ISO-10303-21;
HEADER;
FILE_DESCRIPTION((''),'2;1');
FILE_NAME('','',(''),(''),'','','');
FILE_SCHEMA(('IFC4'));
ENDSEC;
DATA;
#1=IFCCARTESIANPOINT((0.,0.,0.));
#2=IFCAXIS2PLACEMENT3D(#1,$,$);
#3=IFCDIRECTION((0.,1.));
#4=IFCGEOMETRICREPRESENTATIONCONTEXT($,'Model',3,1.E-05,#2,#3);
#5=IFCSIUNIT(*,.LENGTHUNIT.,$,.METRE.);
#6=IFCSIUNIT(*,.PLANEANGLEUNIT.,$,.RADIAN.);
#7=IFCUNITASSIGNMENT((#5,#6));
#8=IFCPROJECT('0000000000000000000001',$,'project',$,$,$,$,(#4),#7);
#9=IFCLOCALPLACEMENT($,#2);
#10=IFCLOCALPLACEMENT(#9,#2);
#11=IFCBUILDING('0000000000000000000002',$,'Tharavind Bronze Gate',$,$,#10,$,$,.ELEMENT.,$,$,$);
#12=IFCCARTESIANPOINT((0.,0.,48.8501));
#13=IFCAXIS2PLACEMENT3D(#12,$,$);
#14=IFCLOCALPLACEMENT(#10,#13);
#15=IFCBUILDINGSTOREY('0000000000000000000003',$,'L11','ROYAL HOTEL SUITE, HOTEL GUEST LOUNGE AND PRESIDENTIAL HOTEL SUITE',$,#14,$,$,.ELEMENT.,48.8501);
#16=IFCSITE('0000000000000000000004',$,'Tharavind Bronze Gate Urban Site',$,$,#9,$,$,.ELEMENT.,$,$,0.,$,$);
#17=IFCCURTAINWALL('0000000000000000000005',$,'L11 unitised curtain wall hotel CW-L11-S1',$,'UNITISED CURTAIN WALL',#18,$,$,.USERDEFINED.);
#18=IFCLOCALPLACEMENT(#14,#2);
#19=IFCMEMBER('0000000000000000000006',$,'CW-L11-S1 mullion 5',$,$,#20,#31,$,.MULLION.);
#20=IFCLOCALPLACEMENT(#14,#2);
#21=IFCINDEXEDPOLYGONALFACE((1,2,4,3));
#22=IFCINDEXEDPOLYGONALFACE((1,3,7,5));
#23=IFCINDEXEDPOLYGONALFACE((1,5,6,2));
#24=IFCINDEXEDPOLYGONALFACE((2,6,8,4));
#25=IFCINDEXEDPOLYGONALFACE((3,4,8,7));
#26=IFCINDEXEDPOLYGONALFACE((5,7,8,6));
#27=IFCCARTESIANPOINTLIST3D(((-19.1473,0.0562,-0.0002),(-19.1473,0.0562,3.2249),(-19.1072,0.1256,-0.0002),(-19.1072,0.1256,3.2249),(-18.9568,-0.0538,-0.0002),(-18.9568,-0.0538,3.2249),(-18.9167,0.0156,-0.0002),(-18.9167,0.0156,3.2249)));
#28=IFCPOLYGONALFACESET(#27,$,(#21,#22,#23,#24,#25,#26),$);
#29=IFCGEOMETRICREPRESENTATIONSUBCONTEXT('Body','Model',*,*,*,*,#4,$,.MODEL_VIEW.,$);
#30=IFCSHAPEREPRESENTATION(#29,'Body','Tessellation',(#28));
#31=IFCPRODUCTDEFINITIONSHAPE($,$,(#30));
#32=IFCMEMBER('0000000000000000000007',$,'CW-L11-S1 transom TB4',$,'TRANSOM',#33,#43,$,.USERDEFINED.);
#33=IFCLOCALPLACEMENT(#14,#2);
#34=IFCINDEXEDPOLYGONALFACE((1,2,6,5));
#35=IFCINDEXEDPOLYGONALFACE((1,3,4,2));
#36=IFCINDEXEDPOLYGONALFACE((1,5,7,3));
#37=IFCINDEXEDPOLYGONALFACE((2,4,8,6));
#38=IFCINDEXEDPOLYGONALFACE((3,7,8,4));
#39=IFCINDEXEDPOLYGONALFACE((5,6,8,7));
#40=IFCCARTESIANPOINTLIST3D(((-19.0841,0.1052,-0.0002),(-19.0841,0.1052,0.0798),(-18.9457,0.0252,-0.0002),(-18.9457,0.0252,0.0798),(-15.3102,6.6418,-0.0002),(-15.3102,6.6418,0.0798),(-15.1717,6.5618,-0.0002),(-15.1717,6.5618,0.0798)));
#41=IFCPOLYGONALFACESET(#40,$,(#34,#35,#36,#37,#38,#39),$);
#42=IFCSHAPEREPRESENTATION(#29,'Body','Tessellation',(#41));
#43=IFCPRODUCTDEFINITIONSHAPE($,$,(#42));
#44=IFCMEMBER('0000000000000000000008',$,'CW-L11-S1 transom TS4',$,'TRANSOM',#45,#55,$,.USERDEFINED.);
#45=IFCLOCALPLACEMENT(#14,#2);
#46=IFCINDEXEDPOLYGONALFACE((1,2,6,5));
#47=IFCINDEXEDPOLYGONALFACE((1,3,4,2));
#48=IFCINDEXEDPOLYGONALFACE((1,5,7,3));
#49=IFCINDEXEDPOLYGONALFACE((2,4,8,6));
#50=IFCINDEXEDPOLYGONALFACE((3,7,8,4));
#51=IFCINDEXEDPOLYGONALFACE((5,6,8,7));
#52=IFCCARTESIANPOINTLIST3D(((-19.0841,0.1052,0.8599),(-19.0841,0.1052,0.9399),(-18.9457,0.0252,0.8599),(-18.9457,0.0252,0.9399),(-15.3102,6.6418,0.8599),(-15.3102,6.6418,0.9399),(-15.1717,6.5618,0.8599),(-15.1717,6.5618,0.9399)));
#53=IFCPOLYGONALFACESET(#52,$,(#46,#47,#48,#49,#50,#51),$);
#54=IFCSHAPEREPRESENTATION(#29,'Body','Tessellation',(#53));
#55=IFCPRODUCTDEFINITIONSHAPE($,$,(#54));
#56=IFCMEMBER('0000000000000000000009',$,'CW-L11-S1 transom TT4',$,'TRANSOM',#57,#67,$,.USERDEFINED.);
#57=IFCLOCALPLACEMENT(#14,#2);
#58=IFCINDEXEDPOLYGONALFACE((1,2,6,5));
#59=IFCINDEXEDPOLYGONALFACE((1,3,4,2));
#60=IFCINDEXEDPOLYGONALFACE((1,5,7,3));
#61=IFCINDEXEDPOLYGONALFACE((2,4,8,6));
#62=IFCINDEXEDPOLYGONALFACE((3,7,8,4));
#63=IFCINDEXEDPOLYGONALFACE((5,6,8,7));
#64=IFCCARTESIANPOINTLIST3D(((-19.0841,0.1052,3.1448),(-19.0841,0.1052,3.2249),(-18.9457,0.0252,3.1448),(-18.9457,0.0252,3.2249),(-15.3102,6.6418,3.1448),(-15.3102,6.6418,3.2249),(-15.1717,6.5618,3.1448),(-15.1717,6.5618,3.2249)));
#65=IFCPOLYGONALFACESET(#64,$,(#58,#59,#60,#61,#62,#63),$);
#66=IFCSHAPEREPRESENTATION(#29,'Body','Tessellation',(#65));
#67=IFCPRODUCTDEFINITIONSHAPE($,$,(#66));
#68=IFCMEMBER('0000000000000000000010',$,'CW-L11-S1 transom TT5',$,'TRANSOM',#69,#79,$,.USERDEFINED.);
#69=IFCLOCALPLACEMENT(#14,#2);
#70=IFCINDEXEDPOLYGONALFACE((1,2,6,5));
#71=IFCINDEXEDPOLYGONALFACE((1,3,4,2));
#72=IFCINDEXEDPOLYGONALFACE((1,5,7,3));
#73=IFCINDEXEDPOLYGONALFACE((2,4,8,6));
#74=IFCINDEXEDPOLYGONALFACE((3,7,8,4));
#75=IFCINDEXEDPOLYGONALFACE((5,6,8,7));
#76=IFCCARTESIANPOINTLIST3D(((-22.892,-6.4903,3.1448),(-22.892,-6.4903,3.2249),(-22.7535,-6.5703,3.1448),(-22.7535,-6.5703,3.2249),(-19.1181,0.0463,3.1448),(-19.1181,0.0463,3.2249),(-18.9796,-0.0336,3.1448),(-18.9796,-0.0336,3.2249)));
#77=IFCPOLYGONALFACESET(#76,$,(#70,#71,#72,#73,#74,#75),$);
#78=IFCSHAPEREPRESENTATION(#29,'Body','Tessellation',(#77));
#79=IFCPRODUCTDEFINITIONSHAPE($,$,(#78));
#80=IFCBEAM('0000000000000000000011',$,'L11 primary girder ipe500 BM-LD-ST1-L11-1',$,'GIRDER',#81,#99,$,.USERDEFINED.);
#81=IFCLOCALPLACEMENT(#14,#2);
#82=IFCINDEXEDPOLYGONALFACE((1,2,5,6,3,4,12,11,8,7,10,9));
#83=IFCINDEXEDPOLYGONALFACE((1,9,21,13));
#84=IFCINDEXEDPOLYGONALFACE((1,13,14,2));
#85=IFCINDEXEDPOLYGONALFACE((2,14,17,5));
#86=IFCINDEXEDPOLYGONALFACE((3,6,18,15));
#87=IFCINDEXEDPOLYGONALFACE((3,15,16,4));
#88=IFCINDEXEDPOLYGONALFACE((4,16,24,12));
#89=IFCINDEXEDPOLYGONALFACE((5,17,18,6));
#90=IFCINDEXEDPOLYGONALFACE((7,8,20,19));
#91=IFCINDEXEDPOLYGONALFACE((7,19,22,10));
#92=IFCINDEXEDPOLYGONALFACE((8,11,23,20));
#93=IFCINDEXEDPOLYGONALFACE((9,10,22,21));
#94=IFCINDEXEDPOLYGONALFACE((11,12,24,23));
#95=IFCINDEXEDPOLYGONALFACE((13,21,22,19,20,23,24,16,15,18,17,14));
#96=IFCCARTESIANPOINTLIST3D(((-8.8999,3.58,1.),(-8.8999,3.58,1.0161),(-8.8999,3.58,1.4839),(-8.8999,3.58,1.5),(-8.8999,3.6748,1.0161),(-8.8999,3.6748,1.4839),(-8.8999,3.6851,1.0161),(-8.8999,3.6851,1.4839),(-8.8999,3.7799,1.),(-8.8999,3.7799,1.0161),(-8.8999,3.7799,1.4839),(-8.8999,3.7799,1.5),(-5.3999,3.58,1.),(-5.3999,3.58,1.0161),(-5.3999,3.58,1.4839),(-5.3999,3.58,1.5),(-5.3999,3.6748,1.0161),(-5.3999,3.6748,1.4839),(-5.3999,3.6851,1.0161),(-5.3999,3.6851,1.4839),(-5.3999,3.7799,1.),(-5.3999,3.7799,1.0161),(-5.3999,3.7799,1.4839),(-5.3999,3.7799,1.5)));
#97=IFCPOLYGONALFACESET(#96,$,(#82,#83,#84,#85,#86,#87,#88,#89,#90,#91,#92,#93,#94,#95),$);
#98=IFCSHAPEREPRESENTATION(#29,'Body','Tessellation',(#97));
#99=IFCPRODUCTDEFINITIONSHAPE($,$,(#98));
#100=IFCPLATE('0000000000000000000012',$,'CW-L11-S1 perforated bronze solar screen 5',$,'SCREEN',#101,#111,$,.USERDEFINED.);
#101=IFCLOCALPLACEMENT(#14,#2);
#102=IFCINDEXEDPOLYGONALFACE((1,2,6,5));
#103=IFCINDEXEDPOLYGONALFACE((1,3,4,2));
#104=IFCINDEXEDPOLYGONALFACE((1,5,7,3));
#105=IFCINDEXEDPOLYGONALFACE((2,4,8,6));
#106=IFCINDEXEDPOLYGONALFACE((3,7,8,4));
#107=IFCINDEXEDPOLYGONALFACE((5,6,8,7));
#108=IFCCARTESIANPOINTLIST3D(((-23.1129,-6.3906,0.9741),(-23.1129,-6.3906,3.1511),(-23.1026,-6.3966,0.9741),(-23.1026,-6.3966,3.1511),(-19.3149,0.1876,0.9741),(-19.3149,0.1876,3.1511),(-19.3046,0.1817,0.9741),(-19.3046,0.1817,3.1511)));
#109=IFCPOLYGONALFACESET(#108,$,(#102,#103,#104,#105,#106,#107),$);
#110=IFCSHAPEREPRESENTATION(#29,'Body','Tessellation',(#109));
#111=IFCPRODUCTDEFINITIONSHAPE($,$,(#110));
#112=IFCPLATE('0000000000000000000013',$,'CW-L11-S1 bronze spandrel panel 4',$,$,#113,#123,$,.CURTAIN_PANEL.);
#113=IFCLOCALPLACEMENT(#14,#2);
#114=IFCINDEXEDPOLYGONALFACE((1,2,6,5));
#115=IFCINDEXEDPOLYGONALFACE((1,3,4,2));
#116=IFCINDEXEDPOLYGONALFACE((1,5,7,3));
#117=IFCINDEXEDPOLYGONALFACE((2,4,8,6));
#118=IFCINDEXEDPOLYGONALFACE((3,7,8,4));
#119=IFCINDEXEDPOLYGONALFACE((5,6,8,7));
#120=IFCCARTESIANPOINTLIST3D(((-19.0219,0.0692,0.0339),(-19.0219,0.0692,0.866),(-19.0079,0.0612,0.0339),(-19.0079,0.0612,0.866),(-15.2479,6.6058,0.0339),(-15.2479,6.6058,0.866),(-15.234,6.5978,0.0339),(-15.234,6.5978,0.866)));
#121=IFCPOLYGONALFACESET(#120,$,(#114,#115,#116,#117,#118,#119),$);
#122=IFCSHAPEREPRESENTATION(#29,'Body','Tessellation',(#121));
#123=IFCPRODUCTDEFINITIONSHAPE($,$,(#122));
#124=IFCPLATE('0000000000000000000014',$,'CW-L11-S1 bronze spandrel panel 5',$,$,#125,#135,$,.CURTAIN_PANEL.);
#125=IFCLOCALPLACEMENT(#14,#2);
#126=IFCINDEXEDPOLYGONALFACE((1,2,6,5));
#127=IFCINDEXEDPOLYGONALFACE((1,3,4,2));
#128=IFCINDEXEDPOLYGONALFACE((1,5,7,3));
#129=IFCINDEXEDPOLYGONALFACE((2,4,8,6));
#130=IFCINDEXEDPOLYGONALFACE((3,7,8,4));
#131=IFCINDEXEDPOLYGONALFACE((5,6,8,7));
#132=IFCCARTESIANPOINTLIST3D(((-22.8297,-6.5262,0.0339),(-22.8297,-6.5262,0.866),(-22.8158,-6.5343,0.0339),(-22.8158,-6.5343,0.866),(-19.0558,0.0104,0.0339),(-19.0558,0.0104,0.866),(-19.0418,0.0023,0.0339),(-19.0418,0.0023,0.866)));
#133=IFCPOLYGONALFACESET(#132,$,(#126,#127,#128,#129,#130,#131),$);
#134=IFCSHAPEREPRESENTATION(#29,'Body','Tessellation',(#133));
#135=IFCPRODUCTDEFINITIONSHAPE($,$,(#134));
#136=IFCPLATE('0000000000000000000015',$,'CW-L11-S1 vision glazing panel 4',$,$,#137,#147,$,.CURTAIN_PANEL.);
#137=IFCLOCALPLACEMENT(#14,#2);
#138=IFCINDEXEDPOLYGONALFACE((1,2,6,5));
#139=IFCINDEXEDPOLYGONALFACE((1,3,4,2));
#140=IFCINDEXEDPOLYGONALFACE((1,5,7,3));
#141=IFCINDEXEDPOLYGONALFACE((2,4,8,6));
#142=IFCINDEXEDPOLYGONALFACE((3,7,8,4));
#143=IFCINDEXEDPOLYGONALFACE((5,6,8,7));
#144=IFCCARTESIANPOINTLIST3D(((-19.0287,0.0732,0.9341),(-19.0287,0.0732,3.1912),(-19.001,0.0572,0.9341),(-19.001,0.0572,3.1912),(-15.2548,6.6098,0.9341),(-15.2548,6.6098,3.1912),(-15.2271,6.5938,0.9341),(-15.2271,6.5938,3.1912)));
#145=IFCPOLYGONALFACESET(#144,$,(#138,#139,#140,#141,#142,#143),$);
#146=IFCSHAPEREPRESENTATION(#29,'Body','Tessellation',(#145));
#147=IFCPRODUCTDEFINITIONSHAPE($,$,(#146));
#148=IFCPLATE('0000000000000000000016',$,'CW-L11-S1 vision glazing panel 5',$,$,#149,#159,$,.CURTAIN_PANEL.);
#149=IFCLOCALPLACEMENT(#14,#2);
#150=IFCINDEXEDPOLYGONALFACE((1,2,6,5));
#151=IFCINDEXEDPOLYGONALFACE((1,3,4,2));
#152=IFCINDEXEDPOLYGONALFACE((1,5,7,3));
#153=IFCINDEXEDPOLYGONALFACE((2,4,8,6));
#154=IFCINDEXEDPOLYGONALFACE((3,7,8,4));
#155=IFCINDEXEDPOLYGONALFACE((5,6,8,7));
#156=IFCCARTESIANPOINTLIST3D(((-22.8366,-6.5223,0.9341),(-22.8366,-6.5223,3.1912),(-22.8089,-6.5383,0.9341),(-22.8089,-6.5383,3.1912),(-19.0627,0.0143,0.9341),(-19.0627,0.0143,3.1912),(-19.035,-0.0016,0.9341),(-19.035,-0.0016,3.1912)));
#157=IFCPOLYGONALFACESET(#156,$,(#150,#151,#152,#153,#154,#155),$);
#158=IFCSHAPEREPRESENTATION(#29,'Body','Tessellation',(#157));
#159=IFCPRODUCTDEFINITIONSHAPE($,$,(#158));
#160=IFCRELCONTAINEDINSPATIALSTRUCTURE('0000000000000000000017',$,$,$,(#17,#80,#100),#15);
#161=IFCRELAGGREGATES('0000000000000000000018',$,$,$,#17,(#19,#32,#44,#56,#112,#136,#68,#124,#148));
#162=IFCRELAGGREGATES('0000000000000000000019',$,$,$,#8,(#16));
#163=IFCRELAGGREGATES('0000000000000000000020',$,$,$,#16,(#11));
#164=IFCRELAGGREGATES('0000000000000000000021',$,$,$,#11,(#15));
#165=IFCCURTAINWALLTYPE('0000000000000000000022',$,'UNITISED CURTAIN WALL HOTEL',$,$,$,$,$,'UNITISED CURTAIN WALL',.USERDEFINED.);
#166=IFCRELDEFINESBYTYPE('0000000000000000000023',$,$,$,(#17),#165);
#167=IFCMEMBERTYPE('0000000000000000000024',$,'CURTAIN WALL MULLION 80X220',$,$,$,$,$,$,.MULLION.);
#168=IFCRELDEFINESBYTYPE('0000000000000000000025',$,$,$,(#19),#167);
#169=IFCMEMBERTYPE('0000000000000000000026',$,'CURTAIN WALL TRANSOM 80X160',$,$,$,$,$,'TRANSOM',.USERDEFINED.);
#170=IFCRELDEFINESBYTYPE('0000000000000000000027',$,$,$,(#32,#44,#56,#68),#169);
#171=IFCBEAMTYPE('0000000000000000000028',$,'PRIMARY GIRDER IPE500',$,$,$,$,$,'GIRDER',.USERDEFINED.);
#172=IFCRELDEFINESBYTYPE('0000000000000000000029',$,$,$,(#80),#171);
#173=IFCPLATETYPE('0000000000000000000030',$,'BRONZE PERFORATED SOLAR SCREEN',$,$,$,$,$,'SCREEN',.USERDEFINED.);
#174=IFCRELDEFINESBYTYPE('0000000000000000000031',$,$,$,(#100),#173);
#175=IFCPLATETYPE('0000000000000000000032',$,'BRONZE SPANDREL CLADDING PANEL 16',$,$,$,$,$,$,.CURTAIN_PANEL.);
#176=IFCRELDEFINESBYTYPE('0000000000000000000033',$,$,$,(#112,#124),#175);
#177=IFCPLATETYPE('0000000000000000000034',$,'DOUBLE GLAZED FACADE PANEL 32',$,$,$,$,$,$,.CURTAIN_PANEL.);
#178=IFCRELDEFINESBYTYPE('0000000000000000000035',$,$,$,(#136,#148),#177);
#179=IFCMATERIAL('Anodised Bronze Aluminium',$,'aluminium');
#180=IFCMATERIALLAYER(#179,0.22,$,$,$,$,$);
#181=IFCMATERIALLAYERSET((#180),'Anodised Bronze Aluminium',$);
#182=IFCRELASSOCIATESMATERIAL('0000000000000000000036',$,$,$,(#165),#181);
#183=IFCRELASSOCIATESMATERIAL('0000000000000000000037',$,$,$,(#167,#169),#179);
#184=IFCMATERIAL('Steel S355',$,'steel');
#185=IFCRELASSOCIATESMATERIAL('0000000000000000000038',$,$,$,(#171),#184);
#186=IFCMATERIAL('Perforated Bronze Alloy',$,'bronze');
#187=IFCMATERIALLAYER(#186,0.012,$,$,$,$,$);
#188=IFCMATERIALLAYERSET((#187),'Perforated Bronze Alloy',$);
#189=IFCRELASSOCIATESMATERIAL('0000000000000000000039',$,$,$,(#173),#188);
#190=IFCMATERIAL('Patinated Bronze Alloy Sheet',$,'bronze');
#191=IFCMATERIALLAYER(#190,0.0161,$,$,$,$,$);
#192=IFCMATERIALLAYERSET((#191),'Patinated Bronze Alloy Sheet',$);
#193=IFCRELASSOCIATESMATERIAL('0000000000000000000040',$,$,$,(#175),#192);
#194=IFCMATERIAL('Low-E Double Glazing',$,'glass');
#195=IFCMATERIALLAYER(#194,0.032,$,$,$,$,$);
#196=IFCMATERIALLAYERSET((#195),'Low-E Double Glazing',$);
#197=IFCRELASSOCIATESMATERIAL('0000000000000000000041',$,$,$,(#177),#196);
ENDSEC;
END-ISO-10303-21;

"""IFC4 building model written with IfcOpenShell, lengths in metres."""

from ifc_helpers import new_model, si_unit, direction, frame, origin, origin_2d, place, context, subcontext, project, spatial, rectangle, i_section, extrude, material, layer, layer_set, material_profile, profile_set, type_object, element, aggregate, save


model = new_model("IFC4")

# Units and contexts
model_context = context("Model", 3, precision=1e-05, world=origin(), true_north=direction((0.0, 1.0)))
body_context = subcontext(model_context, "Body", "Model", "MODEL_VIEW")
ifc_project = project(units=[si_unit("LENGTHUNIT", "METRE"), si_unit("PLANEANGLEUNIT", "RADIAN")], contexts=[model_context])

# Site, building, storey
site_placement = place(None, origin())
site = spatial("IfcSite", under=ifc_project, at=site_placement, Name="Tharavind Bronze Gate Urban Site", CompositionType="ELEMENT", RefElevation=0.0)
building_placement = place(site_placement, origin())
building = spatial("IfcBuilding", under=site, at=building_placement, Name="Tharavind Bronze Gate", CompositionType="ELEMENT")
storey_placement = place(building_placement, frame((0.0, 0.0, 48.8501)))
storey = spatial("IfcBuildingStorey", under=building, at=storey_placement, Name="L11", Description="ROYAL HOTEL SUITE, HOTEL GUEST LOUNGE AND PRESIDENTIAL HOTEL SUITE", CompositionType="ELEMENT", Elevation=48.8501)

# Curtain wall, members
ifc_material_1 = material(Name="Anodised Bronze Aluminium", Category="aluminium")
ifc_layer_1 = layer(ifc_material_1, 0.22)
ifc_layer_set_1 = layer_set([ifc_layer_1], Name="Anodised Bronze Aluminium")
curtain_wall_type = type_object("IfcCurtainWallType", Name="UNITISED CURTAIN WALL HOTEL", ElementType="UNITISED CURTAIN WALL", PredefinedType="USERDEFINED", material=ifc_layer_set_1)
curtain_wall_placement = place(storey_placement, origin())
curtain_wall = element("IfcCurtainWall", 1, at=curtain_wall_placement, inside=storey, type_object=curtain_wall_type, Name="L11 unitised curtain wall hotel CW-L11-S1", ObjectType="UNITISED CURTAIN WALL", PredefinedType="USERDEFINED")
member_type_1 = type_object("IfcMemberType", Name="CURTAIN WALL MULLION 80X220", PredefinedType="MULLION", material=ifc_material_1)
member_1_placement = place(storey_placement, frame((-19.032, 0.0359, -0.0002), z_axis=(0.0, 0.0, 1.0), x_axis=(-0.500002, -0.866025, 0.0)))
member_1 = element("IfcMember", 2, at=member_1_placement, type_object=member_type_1, Name="CW-L11-S1 mullion 5", PredefinedType="MULLION", context=body_context, shape_type="SweptSolid", body=[
    extrude(rectangle(XDim=0.0801, YDim=0.22, at=origin_2d()), origin(), (0.0, 0.0, 1.0), 3.2251),
])
member_type_2 = type_object("IfcMemberType", Name="CURTAIN WALL TRANSOM 80X160", ElementType="TRANSOM", PredefinedType="USERDEFINED", material=ifc_material_1)
member_2_placement = place(storey_placement, frame((-17.1279, 3.3335, -0.0002), z_axis=(0.0, 0.0, 1.0), x_axis=(-0.500002, -0.866025, 0.0)))
member_2 = element("IfcMember", 3, at=member_2_placement, type_object=member_type_2, Name="CW-L11-S1 transom TB4", ObjectType="TRANSOM", PredefinedType="USERDEFINED", context=body_context, shape_type="SweptSolid", body=[
    extrude(rectangle(XDim=7.5479, YDim=0.1599, at=origin_2d()), origin(), (0.0, 0.0, 1.0), 0.0801),
])
member_3_placement = place(storey_placement, frame((-17.1279, 3.3335, 0.8599), z_axis=(0.0, 0.0, 1.0), x_axis=(-0.500002, -0.866025, 0.0)))
member_3 = element("IfcMember", 4, at=member_3_placement, type_object=member_type_2, Name="CW-L11-S1 transom TS4", ObjectType="TRANSOM", PredefinedType="USERDEFINED", context=body_context, shape_type="SweptSolid", body=[
    extrude(rectangle(XDim=7.5479, YDim=0.1599, at=origin_2d()), origin(), (0.0, 0.0, 1.0), 0.0801),
])
member_4_placement = place(storey_placement, frame((-17.1279, 3.3335, 3.1448), z_axis=(0.0, 0.0, 1.0), x_axis=(-0.500002, -0.866025, 0.0)))
member_4 = element("IfcMember", 5, at=member_4_placement, type_object=member_type_2, Name="CW-L11-S1 transom TT4", ObjectType="TRANSOM", PredefinedType="USERDEFINED", context=body_context, shape_type="SweptSolid", body=[
    extrude(rectangle(XDim=7.5479, YDim=0.1599, at=origin_2d()), origin(), (0.0, 0.0, 1.0), 0.0801),
])
member_5_placement = place(storey_placement, frame((-20.9358, -3.262, 3.1448), z_axis=(0.0, 0.0, 1.0), x_axis=(-0.500002, -0.866025, 0.0)))
member_5 = element("IfcMember", 6, at=member_5_placement, type_object=member_type_2, Name="CW-L11-S1 transom TT5", ObjectType="TRANSOM", PredefinedType="USERDEFINED", context=body_context, shape_type="SweptSolid", body=[
    extrude(rectangle(XDim=7.5479, YDim=0.1599, at=origin_2d()), origin(), (0.0, 0.0, 1.0), 0.0801),
])

# Beam
ifc_material_2 = material(Name="Steel S355", Category="steel")
ifc_material_profile = material_profile(ifc_material_2, i_section(OverallWidth=0.2, OverallDepth=0.5, WebThickness=0.0103, FlangeThickness=0.0161, at=origin_2d()), Name="IPE500")
ifc_profile_set = profile_set([ifc_material_profile], Name="Steel S355")
beam_type = type_object("IfcBeamType", Name="PRIMARY GIRDER IPE500", ElementType="GIRDER", PredefinedType="USERDEFINED", material=ifc_profile_set)
beam_placement = place(storey_placement, frame((-8.8999, 3.6799, 1.25), z_axis=(1.0, 0.0, 0.0), x_axis=(0.0, 1.0, 0.0)))
element("IfcBeam", 7, at=beam_placement, inside=storey, type_object=beam_type, Name="L11 primary girder ipe500 BM-LD-ST1-L11-1", ObjectType="GIRDER", PredefinedType="USERDEFINED", context=body_context, shape_type="SweptSolid", body=[
    extrude(i_section(OverallWidth=0.2, OverallDepth=0.5, WebThickness=0.0103, FlangeThickness=0.0161, at=origin_2d()), origin(), (0.0, 0.0, 1.0), 3.5),
])

# Plates
ifc_material_3 = material(Name="Perforated Bronze Alloy", Category="bronze")
ifc_layer_2 = layer(ifc_material_3, 0.012)
ifc_layer_set_2 = layer_set([ifc_layer_2], Name="Perforated Bronze Alloy")
plate_type_1 = type_object("IfcPlateType", Name="BRONZE PERFORATED SOLAR SCREEN", ElementType="SCREEN", PredefinedType="USERDEFINED", material=ifc_layer_set_2)
plate_1_placement = place(storey_placement, frame((-21.2087, -3.1045, 0.9741), z_axis=(0.0, 0.0, 1.0), x_axis=(-0.500002, -0.866025, 0.0)))
element("IfcPlate", 8, at=plate_1_placement, inside=storey, type_object=plate_type_1, Name="CW-L11-S1 perforated bronze solar screen 5", ObjectType="SCREEN", PredefinedType="USERDEFINED", context=body_context, shape_type="SweptSolid", body=[
    extrude(rectangle(XDim=7.5959, YDim=0.012, at=origin_2d()), origin(), (0.0, 0.0, 1.0), 2.177),
])
ifc_material_4 = material(Name="Patinated Bronze Alloy Sheet", Category="bronze")
ifc_layer_3 = layer(ifc_material_4, 0.0161)
ifc_layer_set_3 = layer_set([ifc_layer_3], Name="Patinated Bronze Alloy Sheet")
plate_type_2 = type_object("IfcPlateType", Name="BRONZE SPANDREL CLADDING PANEL 16", PredefinedType="CURTAIN_PANEL", material=ifc_layer_set_3)
plate_2_placement = place(storey_placement, frame((-17.1279, 3.3335, 0.0339), z_axis=(0.0, 0.0, 1.0), x_axis=(-0.500002, -0.866025, 0.0)))
plate_2 = element("IfcPlate", 9, at=plate_2_placement, type_object=plate_type_2, Name="CW-L11-S1 bronze spandrel panel 4", PredefinedType="CURTAIN_PANEL", context=body_context, shape_type="SweptSolid", body=[
    extrude(rectangle(XDim=7.5479, YDim=0.0161, at=origin_2d()), origin(), (0.0, 0.0, 1.0), 0.832),
])
plate_3_placement = place(storey_placement, frame((-20.9358, -3.262, 0.0339), z_axis=(0.0, 0.0, 1.0), x_axis=(-0.500002, -0.866025, 0.0)))
plate_3 = element("IfcPlate", 10, at=plate_3_placement, type_object=plate_type_2, Name="CW-L11-S1 bronze spandrel panel 5", PredefinedType="CURTAIN_PANEL", context=body_context, shape_type="SweptSolid", body=[
    extrude(rectangle(XDim=7.5479, YDim=0.0161, at=origin_2d()), origin(), (0.0, 0.0, 1.0), 0.832),
])
ifc_material_5 = material(Name="Low-E Double Glazing", Category="glass")
ifc_layer_4 = layer(ifc_material_5, 0.032)
ifc_layer_set_4 = layer_set([ifc_layer_4], Name="Low-E Double Glazing")
plate_type_3 = type_object("IfcPlateType", Name="DOUBLE GLAZED FACADE PANEL 32", PredefinedType="CURTAIN_PANEL", material=ifc_layer_set_4)
plate_4_placement = place(storey_placement, frame((-17.1279, 3.3335, 0.9341), z_axis=(0.0, 0.0, 1.0), x_axis=(-0.500002, -0.866025, 0.0)))
plate_4 = element("IfcPlate", 11, at=plate_4_placement, type_object=plate_type_3, Name="CW-L11-S1 vision glazing panel 4", PredefinedType="CURTAIN_PANEL", context=body_context, shape_type="SweptSolid", body=[
    extrude(rectangle(XDim=7.5479, YDim=0.032, at=origin_2d()), origin(), (0.0, 0.0, 1.0), 2.2571),
])
plate_5_placement = place(storey_placement, frame((-20.9358, -3.262, 0.9341), z_axis=(0.0, 0.0, 1.0), x_axis=(-0.500002, -0.866025, 0.0)))
plate_5 = element("IfcPlate", 12, at=plate_5_placement, type_object=plate_type_3, Name="CW-L11-S1 vision glazing panel 5", PredefinedType="CURTAIN_PANEL", context=body_context, shape_type="SweptSolid", body=[
    extrude(rectangle(XDim=7.5479, YDim=0.032, at=origin_2d()), origin(), (0.0, 0.0, 1.0), 2.2571),
])
aggregate(curtain_wall, [member_1, member_2, member_3, member_4, plate_2, plate_4, member_5, plate_3, plate_5])

save(model, "model.ifc")
